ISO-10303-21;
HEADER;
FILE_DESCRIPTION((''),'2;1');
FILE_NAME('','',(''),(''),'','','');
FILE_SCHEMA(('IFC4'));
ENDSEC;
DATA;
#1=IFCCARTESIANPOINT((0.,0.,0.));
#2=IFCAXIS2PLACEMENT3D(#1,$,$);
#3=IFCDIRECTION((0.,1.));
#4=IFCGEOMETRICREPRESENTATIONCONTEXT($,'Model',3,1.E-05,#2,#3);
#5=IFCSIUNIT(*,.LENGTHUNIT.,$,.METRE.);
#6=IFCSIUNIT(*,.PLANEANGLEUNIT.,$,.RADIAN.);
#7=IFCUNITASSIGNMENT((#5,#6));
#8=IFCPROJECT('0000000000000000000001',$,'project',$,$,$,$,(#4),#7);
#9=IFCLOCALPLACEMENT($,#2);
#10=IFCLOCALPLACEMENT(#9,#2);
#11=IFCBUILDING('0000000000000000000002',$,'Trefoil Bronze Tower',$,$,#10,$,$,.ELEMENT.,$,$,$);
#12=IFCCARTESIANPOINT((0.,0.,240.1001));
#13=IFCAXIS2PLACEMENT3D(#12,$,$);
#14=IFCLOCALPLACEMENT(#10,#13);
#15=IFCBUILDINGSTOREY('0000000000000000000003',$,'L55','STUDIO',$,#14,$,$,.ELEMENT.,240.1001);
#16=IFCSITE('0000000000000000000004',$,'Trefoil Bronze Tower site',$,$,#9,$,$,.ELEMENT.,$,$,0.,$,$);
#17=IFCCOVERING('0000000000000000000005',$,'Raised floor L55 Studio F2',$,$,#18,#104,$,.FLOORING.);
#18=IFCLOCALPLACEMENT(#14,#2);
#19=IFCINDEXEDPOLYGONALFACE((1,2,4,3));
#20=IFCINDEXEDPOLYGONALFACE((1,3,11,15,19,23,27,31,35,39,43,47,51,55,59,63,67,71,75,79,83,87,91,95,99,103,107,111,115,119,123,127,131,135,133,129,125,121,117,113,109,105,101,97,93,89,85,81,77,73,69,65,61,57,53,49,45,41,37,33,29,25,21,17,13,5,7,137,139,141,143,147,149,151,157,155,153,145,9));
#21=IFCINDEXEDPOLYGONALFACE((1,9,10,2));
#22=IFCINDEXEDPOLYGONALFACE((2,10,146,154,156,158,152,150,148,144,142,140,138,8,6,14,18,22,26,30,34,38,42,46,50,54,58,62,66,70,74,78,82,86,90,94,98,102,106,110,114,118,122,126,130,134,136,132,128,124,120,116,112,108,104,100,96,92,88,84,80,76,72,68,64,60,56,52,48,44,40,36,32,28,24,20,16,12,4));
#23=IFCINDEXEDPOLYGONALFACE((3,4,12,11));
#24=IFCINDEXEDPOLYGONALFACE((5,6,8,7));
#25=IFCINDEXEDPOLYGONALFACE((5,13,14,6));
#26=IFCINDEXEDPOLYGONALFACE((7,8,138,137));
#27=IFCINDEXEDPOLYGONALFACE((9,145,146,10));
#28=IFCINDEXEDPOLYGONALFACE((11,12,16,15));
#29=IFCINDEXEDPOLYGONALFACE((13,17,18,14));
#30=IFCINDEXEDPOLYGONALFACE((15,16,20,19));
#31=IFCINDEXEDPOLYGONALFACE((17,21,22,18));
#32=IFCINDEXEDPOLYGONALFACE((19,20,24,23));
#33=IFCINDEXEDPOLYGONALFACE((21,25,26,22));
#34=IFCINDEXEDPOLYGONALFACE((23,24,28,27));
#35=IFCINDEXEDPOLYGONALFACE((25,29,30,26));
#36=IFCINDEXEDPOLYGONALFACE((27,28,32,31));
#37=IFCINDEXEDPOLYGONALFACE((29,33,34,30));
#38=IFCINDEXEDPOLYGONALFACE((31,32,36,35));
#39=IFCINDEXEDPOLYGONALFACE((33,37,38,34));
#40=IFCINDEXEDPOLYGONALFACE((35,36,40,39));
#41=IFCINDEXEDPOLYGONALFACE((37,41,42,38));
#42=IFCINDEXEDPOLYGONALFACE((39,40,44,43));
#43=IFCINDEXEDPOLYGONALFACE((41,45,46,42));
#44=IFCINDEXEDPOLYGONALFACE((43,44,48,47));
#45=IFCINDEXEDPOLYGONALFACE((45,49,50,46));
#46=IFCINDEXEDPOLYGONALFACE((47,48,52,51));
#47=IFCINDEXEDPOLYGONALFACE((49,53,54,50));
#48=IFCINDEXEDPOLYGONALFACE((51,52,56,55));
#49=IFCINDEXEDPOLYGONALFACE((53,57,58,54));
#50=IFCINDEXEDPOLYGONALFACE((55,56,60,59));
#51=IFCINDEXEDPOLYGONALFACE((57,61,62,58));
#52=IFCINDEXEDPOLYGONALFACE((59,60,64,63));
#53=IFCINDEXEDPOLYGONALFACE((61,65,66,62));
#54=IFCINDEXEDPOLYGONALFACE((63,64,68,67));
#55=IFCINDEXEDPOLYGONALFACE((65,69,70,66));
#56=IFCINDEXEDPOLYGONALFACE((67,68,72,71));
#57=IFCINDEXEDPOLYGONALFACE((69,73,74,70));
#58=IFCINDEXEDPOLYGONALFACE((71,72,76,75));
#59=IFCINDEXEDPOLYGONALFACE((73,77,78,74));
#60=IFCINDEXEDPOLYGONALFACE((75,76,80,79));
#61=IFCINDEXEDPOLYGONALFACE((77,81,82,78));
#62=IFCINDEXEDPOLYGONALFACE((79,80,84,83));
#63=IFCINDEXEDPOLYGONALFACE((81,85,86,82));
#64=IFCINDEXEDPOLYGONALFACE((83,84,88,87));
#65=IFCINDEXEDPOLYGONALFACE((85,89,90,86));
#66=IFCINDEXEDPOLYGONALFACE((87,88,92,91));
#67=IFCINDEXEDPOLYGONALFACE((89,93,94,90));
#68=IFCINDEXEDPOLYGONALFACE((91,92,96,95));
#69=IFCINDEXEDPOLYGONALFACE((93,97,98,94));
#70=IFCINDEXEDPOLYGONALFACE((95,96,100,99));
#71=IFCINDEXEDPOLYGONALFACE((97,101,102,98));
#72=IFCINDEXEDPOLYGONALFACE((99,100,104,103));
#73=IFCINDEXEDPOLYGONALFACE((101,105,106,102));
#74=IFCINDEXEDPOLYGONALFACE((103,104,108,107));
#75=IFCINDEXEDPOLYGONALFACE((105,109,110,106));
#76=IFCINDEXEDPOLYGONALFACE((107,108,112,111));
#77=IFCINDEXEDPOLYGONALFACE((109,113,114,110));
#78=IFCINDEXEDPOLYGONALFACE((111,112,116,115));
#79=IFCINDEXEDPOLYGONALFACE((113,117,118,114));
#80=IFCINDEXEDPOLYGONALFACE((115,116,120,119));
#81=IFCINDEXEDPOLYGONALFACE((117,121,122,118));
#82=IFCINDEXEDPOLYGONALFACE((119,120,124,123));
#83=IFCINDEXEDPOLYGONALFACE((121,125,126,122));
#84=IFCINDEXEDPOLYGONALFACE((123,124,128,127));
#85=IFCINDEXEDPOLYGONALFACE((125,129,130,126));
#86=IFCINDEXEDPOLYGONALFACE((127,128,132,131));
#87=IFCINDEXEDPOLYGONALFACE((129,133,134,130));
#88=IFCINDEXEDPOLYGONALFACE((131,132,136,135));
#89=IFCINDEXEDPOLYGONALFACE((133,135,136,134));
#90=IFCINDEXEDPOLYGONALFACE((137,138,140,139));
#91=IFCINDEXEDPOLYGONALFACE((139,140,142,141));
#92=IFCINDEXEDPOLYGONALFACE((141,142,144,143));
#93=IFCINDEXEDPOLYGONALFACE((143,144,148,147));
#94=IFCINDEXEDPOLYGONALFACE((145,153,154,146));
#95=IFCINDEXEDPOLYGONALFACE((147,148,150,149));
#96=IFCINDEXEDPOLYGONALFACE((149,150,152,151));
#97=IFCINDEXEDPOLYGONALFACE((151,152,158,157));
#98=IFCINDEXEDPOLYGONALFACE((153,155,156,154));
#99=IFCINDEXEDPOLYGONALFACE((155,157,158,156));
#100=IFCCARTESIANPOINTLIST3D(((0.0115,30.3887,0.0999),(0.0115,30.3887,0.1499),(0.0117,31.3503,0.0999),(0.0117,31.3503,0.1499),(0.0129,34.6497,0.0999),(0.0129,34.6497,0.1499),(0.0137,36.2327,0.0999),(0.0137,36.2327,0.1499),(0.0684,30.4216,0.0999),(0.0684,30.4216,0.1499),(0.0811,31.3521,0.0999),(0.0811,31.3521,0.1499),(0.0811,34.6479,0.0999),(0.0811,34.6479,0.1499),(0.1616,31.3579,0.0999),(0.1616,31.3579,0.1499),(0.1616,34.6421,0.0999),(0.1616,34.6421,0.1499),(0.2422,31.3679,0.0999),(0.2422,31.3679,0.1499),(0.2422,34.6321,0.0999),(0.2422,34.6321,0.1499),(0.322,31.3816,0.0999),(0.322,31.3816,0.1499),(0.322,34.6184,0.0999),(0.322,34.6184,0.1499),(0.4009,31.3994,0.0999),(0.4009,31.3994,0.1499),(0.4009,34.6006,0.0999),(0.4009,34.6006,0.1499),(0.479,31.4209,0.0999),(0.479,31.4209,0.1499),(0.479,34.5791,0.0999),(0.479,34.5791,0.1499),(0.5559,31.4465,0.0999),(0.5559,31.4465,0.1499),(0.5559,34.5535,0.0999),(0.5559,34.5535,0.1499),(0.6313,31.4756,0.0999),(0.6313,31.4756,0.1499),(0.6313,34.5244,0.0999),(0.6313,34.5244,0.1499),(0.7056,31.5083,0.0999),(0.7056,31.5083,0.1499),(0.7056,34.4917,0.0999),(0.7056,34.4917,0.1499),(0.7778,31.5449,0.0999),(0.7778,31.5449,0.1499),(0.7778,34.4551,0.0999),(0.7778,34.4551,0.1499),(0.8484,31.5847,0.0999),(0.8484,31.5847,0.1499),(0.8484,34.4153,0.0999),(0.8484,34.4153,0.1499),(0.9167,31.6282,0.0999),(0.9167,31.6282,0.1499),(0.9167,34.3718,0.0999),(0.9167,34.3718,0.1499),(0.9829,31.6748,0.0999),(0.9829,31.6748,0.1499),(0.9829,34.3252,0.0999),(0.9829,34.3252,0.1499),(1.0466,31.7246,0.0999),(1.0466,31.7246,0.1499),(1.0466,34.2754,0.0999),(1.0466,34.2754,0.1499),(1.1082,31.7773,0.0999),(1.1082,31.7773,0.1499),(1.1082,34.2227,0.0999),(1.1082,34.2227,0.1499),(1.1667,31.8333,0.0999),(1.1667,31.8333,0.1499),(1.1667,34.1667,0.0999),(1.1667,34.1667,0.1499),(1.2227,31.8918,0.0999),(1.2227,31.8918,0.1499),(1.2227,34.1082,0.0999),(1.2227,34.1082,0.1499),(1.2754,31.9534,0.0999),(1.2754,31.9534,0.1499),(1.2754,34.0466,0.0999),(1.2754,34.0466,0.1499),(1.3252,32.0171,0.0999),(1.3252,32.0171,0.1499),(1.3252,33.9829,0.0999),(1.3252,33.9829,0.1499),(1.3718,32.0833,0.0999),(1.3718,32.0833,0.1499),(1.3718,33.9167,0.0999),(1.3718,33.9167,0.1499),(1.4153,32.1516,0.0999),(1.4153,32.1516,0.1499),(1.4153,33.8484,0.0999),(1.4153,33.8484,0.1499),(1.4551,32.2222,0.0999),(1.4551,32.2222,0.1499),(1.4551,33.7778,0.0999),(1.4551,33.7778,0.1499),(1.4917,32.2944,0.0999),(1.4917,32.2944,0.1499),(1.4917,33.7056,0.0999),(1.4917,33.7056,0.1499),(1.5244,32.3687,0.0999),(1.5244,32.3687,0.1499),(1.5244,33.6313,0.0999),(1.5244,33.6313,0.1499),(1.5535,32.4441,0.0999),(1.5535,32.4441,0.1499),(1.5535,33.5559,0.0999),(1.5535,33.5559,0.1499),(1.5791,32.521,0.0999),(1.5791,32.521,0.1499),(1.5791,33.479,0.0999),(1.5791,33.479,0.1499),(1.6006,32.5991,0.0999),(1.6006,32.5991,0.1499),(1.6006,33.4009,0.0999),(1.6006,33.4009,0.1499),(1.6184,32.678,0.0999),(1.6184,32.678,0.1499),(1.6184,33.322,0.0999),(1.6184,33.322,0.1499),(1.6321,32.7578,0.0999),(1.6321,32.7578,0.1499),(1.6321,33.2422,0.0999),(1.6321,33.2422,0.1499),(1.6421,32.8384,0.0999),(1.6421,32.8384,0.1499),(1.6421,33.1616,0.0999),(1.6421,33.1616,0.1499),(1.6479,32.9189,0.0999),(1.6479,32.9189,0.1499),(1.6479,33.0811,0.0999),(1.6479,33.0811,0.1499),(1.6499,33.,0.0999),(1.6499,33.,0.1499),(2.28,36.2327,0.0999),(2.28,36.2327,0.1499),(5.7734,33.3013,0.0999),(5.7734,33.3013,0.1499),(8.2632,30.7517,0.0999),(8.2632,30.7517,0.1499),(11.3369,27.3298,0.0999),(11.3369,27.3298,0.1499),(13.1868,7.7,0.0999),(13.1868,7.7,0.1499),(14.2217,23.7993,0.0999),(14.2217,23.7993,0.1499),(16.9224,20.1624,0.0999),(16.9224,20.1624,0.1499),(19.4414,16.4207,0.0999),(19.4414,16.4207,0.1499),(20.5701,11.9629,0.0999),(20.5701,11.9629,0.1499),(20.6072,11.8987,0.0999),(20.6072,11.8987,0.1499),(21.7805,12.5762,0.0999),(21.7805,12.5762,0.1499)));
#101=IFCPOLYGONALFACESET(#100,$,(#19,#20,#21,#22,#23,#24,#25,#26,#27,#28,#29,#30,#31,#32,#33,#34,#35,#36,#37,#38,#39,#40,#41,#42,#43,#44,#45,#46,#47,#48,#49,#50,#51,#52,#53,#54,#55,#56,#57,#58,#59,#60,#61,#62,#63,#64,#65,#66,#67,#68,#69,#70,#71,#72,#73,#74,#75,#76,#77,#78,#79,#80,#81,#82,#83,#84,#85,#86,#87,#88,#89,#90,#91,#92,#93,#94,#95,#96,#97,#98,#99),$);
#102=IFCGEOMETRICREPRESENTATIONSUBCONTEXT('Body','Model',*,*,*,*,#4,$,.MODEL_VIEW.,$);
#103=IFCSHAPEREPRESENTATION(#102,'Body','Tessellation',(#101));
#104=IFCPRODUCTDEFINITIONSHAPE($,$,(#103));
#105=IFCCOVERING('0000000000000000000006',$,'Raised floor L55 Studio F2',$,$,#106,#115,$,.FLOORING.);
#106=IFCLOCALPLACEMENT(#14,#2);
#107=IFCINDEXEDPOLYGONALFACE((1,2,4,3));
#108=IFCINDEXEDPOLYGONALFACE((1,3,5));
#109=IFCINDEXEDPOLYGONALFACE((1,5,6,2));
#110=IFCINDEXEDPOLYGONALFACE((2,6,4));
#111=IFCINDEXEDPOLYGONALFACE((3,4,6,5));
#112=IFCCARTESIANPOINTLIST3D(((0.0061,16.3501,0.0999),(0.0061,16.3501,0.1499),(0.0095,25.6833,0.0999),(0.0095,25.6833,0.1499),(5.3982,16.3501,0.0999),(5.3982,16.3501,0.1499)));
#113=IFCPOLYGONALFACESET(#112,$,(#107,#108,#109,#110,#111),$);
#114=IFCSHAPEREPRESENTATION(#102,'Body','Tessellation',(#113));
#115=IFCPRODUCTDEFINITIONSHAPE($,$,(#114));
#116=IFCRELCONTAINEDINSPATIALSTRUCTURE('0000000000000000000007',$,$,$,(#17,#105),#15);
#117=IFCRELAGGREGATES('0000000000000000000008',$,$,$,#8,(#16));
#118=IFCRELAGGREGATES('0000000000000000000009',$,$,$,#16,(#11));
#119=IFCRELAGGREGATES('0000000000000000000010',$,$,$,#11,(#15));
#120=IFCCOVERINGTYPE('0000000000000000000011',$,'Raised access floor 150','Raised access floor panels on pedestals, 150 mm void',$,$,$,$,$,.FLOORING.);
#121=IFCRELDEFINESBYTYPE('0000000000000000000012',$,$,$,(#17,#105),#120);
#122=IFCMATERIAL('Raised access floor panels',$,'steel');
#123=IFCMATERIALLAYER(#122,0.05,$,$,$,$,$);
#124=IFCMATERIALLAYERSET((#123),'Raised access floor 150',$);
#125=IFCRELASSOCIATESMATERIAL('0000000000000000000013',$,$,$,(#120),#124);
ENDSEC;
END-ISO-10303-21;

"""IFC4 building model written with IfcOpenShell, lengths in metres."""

from ifc_helpers import new_model, si_unit, direction, frame, origin, place, context, subcontext, project, spatial, polyline, outline, extrude, material, layer, layer_set, type_object, element, save


model = new_model("IFC4")

# Units and contexts
model_context = context("Model", 3, precision=1e-05, world=origin(), true_north=direction((0.0, 1.0)))
body_context = subcontext(model_context, "Body", "Model", "MODEL_VIEW")
ifc_project = project(units=[si_unit("LENGTHUNIT", "METRE"), si_unit("PLANEANGLEUNIT", "RADIAN")], contexts=[model_context])

# Site, building, storey
site_placement = place(None, origin())
site = spatial("IfcSite", under=ifc_project, at=site_placement, Name="Trefoil Bronze Tower site", CompositionType="ELEMENT", RefElevation=0.0)
building_placement = place(site_placement, origin())
building = spatial("IfcBuilding", under=site, at=building_placement, Name="Trefoil Bronze Tower", CompositionType="ELEMENT")
storey_placement = place(building_placement, frame((0.0, 0.0, 240.1001)))
storey = spatial("IfcBuildingStorey", under=building, at=storey_placement, Name="L55", Description="STUDIO", CompositionType="ELEMENT", Elevation=240.1001)

# Coverings
ifc_material_1 = material(Name="Raised access floor panels", Category="steel")
ifc_layer_1 = layer(ifc_material_1, 0.05)
ifc_layer_set_1 = layer_set([ifc_layer_1], Name="Raised access floor 150")
covering_type_1 = type_object("IfcCoveringType", Name="Raised access floor 150", Description="Raised access floor panels on pedestals, 150 mm void", PredefinedType="FLOORING", material=ifc_layer_set_1)
covering_1_placement = place(storey_placement, frame((0.0, 0.0, 0.0999)))
element("IfcCovering", 1, at=covering_1_placement, inside=storey, type_object=covering_type_1, Name="Raised floor L55 Studio F2", PredefinedType="FLOORING", context=body_context, shape_type="SweptSolid", body=[
    extrude(outline(polyline([(11.3369, 27.3298), (14.2217, 23.7993), (16.9224, 20.1624), (19.4414, 16.4207), (21.7805, 12.5762), (20.6072, 11.8987), (20.5701, 11.9629), (13.1868, 7.7), (0.0684, 30.4216), (0.0115, 30.3887), (0.0117, 31.3503), (0.0811, 31.3521), (0.1616, 31.3579), (0.2422, 31.3679), (0.322, 31.3816), (0.4009, 31.3994), (0.479, 31.4209), (0.5559, 31.4465), (0.6313, 31.4756), (0.7056, 31.5083), (0.7778, 31.5449), (0.8484, 31.5847), (0.9167, 31.6282), (0.9829, 31.6748), (1.0466, 31.7246), (1.1082, 31.7773), (1.1667, 31.8333), (1.2227, 31.8918), (1.2754, 31.9534), (1.3252, 32.0171), (1.3718, 32.0833), (1.4153, 32.1516), (1.4551, 32.2222), (1.4917, 32.2944), (1.5244, 32.3687), (1.5535, 32.4441), (1.5791, 32.521), (1.6006, 32.5991), (1.6184, 32.678), (1.6321, 32.7578), (1.6421, 32.8384), (1.6479, 32.9189), (1.6499, 33.0), (1.6479, 33.0811), (1.6421, 33.1616), (1.6321, 33.2422), (1.6184, 33.322), (1.6006, 33.4009), (1.5791, 33.479), (1.5535, 33.5559), (1.5244, 33.6313), (1.4917, 33.7056), (1.4551, 33.7778), (1.4153, 33.8484), (1.3718, 33.9167), (1.3252, 33.9829), (1.2754, 34.0466), (1.2227, 34.1082), (1.1667, 34.1667), (1.1082, 34.2227), (1.0466, 34.2754), (0.9829, 34.3252), (0.9167, 34.3718), (0.8484, 34.4153), (0.7778, 34.4551), (0.7056, 34.4917), (0.6313, 34.5244), (0.5559, 34.5535), (0.479, 34.5791), (0.4009, 34.6006), (0.322, 34.6184), (0.2422, 34.6321), (0.1616, 34.6421), (0.0811, 34.6479), (0.0129, 34.6497), (0.0137, 36.2327), (2.28, 36.2327), (5.7734, 33.3013), (8.2632, 30.7517), (11.3369, 27.3298)])), origin(), (0.0, 0.0, 1.0), 0.05),
])
covering_2_placement = place(storey_placement, frame((0.0, 0.0, 0.0999)))
element("IfcCovering", 2, at=covering_2_placement, inside=storey, type_object=covering_type_1, Name="Raised floor L55 Studio F2", PredefinedType="FLOORING", context=body_context, shape_type="SweptSolid", body=[
    extrude(outline(polyline([(0.0095, 25.6833), (5.3982, 16.3501), (0.0061, 16.3501), (0.0095, 25.6833)])), origin(), (0.0, 0.0, 1.0), 0.05),
])

save(model, "model.ifc")
